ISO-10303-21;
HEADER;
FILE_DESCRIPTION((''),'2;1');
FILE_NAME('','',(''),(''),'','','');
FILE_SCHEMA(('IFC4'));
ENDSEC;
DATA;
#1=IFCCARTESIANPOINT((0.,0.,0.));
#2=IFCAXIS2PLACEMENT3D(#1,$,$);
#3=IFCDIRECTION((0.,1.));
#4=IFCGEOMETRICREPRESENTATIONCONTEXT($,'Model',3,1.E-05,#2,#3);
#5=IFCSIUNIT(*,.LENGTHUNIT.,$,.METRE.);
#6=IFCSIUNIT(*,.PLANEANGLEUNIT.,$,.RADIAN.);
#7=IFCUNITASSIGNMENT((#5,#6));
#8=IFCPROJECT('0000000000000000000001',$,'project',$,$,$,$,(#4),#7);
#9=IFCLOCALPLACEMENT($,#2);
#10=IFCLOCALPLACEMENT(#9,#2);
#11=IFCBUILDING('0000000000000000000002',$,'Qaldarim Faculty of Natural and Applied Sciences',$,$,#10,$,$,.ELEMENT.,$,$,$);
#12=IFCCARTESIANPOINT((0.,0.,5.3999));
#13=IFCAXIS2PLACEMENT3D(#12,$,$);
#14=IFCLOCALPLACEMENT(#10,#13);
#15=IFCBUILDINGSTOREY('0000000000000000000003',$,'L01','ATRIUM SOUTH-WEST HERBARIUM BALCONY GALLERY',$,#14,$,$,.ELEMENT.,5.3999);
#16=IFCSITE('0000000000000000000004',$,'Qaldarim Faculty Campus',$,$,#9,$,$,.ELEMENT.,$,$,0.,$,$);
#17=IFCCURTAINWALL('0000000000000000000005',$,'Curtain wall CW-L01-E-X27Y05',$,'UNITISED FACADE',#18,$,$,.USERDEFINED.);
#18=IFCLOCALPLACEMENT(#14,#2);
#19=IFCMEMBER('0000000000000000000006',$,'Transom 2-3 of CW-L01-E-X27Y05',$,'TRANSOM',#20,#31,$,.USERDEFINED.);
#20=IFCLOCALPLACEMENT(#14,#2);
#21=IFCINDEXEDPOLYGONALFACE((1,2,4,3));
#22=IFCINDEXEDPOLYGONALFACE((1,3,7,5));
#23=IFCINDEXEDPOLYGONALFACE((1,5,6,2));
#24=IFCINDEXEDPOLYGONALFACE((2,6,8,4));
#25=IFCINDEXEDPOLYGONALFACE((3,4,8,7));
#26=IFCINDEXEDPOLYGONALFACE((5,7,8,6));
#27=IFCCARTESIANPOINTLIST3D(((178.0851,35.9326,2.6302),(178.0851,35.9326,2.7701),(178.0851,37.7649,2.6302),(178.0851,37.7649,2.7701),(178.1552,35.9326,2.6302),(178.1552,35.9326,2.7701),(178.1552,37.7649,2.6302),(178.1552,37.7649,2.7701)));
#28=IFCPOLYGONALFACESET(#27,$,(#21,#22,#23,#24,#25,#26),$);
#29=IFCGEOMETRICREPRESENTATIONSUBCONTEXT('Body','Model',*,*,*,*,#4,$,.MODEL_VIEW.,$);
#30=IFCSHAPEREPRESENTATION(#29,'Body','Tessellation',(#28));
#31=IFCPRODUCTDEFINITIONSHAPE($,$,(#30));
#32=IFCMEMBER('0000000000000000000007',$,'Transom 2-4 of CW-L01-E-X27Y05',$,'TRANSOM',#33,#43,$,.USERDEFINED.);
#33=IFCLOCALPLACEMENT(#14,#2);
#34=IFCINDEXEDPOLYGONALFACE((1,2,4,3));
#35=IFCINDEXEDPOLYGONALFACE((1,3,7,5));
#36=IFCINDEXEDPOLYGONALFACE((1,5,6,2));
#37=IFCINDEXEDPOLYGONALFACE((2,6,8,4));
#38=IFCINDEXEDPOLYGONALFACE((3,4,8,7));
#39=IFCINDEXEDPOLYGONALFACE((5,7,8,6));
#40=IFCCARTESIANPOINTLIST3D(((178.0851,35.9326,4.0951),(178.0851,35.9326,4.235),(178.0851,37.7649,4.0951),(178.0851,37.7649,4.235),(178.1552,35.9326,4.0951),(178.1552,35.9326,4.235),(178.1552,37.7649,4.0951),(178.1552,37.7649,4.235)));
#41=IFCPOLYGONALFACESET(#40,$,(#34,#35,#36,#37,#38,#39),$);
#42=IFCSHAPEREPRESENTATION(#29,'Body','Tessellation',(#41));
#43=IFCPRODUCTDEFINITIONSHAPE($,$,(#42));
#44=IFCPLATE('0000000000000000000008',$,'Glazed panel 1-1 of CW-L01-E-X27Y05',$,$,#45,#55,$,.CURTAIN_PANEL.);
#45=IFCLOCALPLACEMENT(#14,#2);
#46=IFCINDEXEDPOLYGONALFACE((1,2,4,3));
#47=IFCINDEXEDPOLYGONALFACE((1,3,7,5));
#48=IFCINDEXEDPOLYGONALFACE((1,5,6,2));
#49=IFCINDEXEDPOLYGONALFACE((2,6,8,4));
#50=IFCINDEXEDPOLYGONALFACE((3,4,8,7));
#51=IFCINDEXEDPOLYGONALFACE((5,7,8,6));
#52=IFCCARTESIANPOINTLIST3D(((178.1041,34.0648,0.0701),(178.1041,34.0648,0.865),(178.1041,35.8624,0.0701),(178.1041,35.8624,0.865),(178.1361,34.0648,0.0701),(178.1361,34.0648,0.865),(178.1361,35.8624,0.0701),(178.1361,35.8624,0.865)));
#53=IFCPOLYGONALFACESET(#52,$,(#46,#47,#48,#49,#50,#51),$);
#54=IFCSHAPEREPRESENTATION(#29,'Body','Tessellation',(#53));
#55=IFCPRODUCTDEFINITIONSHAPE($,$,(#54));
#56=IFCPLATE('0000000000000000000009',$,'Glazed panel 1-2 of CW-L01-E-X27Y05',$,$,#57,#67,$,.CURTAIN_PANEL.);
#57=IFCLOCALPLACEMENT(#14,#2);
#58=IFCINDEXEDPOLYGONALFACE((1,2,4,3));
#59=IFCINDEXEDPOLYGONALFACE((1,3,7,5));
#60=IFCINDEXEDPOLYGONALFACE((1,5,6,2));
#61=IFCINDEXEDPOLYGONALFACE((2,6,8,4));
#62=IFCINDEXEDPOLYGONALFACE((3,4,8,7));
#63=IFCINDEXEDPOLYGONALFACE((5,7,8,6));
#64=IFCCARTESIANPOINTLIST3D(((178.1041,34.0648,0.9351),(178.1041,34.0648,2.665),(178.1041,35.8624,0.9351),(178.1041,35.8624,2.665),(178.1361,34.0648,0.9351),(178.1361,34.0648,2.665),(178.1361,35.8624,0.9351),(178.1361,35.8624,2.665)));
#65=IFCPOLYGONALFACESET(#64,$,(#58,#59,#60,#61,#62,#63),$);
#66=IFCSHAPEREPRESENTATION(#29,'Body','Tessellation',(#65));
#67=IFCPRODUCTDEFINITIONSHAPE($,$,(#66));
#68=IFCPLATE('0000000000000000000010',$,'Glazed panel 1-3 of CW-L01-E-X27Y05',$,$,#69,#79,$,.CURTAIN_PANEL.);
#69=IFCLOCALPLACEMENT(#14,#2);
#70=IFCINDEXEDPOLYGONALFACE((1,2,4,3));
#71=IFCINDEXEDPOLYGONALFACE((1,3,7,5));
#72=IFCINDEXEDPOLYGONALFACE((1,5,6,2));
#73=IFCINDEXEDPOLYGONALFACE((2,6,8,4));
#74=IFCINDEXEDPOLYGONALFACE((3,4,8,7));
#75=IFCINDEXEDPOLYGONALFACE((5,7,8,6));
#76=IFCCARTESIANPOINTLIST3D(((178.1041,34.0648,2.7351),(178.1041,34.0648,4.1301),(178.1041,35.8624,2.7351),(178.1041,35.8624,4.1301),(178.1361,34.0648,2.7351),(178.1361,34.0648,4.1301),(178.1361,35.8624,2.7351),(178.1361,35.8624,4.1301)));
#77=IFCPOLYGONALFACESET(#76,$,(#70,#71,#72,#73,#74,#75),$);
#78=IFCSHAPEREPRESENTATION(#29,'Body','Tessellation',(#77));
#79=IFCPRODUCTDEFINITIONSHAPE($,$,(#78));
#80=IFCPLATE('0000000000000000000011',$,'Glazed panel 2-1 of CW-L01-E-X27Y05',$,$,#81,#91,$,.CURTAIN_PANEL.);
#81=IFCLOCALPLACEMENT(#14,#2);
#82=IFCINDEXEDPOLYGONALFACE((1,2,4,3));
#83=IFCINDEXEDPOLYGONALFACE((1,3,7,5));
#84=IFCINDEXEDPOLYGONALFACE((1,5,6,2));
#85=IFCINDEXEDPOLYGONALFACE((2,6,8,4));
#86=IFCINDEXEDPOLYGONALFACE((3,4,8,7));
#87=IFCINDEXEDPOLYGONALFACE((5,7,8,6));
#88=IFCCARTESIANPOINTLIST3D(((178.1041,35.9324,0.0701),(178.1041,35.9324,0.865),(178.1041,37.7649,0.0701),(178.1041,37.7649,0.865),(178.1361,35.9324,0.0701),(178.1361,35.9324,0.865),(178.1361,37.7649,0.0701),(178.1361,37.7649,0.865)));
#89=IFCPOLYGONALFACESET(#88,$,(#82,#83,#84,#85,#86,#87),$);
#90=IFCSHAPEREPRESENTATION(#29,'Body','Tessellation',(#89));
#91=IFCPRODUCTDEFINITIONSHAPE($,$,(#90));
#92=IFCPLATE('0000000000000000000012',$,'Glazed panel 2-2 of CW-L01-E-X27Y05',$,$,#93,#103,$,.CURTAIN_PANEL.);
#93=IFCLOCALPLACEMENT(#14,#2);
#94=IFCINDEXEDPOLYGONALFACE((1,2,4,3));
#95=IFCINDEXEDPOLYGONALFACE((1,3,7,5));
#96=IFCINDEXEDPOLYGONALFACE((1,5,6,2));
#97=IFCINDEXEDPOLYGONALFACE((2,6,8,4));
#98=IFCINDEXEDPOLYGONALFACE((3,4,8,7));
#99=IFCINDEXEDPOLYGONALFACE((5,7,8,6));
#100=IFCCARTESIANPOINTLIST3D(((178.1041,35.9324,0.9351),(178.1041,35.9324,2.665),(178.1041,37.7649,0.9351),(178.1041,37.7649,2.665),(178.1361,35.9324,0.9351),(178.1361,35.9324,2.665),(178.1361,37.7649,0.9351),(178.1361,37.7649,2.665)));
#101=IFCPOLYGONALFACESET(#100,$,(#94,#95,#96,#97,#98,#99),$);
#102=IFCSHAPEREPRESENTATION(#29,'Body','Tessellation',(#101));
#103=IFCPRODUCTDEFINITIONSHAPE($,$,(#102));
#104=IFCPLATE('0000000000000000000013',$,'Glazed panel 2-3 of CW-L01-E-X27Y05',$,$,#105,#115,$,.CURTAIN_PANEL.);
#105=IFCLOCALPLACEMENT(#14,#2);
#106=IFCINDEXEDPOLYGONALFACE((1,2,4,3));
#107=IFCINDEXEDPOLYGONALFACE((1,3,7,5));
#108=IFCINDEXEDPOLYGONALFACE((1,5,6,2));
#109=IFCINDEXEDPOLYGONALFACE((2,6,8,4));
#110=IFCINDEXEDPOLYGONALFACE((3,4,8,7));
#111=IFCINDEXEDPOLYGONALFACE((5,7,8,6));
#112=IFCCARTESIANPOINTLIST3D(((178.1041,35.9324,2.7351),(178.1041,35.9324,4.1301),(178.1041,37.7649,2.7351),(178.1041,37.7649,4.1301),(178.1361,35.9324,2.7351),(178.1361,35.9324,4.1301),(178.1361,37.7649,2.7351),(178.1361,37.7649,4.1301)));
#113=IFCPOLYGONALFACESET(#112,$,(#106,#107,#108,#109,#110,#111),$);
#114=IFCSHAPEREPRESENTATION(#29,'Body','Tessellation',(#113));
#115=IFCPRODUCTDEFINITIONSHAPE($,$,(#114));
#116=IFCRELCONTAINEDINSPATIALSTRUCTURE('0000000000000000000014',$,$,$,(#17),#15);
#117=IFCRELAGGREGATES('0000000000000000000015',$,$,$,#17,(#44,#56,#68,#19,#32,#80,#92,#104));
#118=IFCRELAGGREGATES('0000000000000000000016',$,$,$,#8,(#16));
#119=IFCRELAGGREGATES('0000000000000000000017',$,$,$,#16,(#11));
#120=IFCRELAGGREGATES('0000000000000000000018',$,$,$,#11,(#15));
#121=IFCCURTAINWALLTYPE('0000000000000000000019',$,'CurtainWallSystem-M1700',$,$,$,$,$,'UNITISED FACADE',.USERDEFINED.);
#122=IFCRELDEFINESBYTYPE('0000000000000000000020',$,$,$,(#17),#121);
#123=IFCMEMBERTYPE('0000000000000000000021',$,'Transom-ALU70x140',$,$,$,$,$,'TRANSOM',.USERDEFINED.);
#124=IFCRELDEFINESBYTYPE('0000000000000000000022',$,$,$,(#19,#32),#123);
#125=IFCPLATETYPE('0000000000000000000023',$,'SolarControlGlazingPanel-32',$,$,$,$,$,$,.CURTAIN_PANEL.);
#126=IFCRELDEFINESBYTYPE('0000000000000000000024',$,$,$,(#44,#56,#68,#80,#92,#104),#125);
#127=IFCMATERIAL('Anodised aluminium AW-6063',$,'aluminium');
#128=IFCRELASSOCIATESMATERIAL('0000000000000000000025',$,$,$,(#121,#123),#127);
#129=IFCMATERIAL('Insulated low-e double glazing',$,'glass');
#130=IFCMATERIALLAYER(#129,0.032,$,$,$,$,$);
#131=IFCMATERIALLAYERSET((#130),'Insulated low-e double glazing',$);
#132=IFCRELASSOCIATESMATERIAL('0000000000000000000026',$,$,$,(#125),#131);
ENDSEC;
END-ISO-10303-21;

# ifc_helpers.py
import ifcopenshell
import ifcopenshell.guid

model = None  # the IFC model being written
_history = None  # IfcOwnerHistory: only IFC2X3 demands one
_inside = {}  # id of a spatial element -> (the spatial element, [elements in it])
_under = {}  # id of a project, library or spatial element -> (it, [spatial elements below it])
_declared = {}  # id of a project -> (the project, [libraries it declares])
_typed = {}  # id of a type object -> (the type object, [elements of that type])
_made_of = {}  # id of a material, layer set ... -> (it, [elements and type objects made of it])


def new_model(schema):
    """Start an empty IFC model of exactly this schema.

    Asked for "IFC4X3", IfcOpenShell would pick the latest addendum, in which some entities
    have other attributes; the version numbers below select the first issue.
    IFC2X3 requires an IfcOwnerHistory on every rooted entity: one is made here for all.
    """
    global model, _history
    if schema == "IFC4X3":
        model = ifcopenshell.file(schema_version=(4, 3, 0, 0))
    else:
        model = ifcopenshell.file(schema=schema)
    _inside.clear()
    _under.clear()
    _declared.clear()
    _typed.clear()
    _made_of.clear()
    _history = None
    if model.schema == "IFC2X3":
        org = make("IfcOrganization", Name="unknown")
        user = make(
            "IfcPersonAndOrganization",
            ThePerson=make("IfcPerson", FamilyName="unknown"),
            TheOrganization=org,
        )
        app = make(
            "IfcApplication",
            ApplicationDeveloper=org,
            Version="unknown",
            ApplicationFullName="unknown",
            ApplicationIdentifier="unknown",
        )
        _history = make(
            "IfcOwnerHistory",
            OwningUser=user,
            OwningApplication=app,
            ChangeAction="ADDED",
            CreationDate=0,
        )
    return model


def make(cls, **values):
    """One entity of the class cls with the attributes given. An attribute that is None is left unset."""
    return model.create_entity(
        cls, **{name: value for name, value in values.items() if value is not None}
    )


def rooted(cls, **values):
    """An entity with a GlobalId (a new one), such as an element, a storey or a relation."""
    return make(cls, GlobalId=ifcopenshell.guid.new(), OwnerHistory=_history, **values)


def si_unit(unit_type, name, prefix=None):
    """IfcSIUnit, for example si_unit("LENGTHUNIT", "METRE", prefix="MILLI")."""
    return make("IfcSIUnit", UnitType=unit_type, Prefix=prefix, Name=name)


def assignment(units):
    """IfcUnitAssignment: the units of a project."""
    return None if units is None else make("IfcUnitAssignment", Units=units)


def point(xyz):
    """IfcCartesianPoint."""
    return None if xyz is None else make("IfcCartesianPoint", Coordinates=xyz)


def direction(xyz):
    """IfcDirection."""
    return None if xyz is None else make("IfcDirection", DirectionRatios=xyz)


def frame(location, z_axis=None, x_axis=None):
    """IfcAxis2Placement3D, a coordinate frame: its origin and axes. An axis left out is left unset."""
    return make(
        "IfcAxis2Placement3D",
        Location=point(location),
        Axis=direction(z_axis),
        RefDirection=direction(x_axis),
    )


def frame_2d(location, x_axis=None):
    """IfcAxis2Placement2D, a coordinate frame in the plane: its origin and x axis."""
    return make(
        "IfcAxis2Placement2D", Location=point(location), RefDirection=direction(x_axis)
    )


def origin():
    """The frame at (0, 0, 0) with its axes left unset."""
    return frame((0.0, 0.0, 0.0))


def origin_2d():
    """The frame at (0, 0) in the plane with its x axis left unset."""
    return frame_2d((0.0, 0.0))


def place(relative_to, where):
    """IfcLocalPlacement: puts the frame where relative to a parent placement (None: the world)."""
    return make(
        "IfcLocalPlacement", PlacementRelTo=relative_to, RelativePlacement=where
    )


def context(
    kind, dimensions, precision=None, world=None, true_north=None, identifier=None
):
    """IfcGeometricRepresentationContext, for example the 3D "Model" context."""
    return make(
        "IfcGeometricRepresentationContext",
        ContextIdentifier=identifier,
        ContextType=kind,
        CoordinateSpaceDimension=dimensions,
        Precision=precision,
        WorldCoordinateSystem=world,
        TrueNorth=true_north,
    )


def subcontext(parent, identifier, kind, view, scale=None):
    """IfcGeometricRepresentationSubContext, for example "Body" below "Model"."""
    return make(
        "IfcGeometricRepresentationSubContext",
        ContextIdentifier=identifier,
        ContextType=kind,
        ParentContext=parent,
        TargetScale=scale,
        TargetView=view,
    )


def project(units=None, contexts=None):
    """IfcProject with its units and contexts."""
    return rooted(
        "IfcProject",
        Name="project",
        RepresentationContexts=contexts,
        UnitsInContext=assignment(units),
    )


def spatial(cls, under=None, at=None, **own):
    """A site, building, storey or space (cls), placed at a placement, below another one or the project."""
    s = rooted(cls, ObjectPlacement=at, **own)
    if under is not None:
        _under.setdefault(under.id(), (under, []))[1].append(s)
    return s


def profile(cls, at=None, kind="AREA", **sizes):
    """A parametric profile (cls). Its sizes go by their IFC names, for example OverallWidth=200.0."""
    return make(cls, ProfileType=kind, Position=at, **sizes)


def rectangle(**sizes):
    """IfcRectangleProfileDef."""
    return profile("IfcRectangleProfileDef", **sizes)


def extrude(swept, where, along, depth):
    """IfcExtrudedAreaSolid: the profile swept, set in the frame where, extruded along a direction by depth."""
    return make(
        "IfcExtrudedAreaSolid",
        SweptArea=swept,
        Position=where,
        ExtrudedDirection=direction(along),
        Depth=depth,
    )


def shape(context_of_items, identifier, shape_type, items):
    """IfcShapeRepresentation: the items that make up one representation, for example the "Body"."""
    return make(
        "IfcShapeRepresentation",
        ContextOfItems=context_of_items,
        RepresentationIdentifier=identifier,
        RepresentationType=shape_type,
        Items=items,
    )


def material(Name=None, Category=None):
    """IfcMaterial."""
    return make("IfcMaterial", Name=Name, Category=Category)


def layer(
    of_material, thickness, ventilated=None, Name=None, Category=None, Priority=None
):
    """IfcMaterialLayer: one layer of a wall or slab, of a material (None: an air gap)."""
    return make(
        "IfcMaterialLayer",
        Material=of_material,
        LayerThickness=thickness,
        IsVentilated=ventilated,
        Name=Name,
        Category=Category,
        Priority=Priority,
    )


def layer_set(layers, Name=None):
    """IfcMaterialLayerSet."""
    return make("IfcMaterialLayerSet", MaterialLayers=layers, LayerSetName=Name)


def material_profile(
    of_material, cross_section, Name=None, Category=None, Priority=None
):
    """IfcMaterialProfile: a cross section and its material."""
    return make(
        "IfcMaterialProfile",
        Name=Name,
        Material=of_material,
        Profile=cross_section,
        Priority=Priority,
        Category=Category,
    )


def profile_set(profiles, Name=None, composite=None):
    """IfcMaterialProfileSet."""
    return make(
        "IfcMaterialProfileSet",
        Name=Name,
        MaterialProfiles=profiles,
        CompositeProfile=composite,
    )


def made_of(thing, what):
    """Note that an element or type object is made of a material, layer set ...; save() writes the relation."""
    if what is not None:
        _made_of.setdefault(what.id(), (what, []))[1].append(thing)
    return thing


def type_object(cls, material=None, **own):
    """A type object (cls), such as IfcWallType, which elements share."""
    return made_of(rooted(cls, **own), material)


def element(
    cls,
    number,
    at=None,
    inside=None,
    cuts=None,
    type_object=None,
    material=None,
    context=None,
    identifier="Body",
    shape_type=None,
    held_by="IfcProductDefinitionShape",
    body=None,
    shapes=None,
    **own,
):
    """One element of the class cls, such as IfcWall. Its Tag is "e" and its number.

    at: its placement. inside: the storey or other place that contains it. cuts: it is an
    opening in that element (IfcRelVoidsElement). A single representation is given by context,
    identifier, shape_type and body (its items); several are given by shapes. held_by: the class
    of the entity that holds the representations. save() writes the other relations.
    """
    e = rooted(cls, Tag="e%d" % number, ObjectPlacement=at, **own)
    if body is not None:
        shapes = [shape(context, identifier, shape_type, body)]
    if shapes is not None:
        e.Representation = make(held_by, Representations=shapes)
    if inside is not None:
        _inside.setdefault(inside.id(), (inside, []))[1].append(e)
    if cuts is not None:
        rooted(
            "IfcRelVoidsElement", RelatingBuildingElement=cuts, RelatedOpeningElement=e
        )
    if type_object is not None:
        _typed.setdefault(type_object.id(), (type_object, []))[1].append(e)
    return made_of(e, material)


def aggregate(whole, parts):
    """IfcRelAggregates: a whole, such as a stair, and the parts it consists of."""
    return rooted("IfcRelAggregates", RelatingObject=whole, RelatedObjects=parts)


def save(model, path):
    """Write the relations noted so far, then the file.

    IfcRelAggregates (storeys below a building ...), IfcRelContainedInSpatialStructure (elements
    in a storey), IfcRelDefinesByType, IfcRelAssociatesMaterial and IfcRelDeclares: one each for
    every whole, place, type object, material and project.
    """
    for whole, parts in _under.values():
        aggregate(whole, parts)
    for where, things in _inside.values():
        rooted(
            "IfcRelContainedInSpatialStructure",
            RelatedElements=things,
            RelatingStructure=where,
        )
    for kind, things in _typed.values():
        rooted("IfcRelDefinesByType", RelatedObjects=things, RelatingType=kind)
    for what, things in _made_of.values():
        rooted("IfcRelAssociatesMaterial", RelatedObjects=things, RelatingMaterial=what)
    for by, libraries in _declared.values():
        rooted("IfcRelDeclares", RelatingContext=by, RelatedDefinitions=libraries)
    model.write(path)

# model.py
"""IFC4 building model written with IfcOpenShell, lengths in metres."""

from ifc_helpers import new_model, si_unit, direction, frame, origin, origin_2d, place, context, subcontext, project, spatial, rectangle, extrude, material, layer, layer_set, material_profile, profile_set, type_object, element, aggregate, save


model = new_model("IFC4")

# Units and contexts
model_context = context("Model", 3, precision=1e-05, world=origin(), true_north=direction((0.0, 1.0)))
body_context = subcontext(model_context, "Body", "Model", "MODEL_VIEW")
ifc_project = project(units=[si_unit("LENGTHUNIT", "METRE"), si_unit("PLANEANGLEUNIT", "RADIAN")], contexts=[model_context])

# Site, building, storey
site_placement = place(None, origin())
site = spatial("IfcSite", under=ifc_project, at=site_placement, Name="Qaldarim Faculty Campus", CompositionType="ELEMENT", RefElevation=0.0)
building_placement = place(site_placement, origin())
building = spatial("IfcBuilding", under=site, at=building_placement, Name="Qaldarim Faculty of Natural and Applied Sciences", CompositionType="ELEMENT")
storey_placement = place(building_placement, frame((0.0, 0.0, 5.3999)))
storey = spatial("IfcBuildingStorey", under=building, at=storey_placement, Name="L01", Description="ATRIUM SOUTH-WEST HERBARIUM BALCONY GALLERY", CompositionType="ELEMENT", Elevation=5.3999)

# Curtain wall
ifc_material_1 = material(Name="Anodised aluminium AW-6063", Category="aluminium")
curtain_wall_type = type_object("IfcCurtainWallType", Name="CurtainWallSystem-M1700", ElementType="UNITISED FACADE", PredefinedType="USERDEFINED", material=ifc_material_1)
curtain_wall_placement = place(storey_placement, origin())
curtain_wall = element("IfcCurtainWall", 1, at=curtain_wall_placement, inside=storey, type_object=curtain_wall_type, Name="Curtain wall CW-L01-E-X27Y05", ObjectType="UNITISED FACADE", PredefinedType="USERDEFINED")

# Members
ifc_material_profile_1 = material_profile(ifc_material_1, rectangle(XDim=0.0701, YDim=0.1399, at=origin_2d()), Name="ALU-T70x140")
ifc_profile_set_1 = profile_set([ifc_material_profile_1], Name="Anodised aluminium AW-6063")
member_type_1 = type_object("IfcMemberType", Name="Transom-ALU70x140", ElementType="TRANSOM", PredefinedType="USERDEFINED", material=ifc_profile_set_1)
member_1_placement = place(storey_placement, frame((178.1201, 35.9326, 2.7002), z_axis=(0.0, 1.0, 0.0), x_axis=(-1.0, 0.0, 0.0)))
member_1 = element("IfcMember", 2, at=member_1_placement, type_object=member_type_1, Name="Transom 2-3 of CW-L01-E-X27Y05", ObjectType="TRANSOM", PredefinedType="USERDEFINED", context=body_context, shape_type="SweptSolid", body=[
    extrude(rectangle(XDim=0.0701, YDim=0.1399, at=origin_2d()), origin(), (0.0, 0.0, 1.0), 1.8323),
])
member_2_placement = place(storey_placement, frame((178.1201, 35.9326, 4.165), z_axis=(0.0, 1.0, 0.0), x_axis=(-1.0, 0.0, 0.0)))
member_2 = element("IfcMember", 3, at=member_2_placement, type_object=member_type_1, Name="Transom 2-4 of CW-L01-E-X27Y05", ObjectType="TRANSOM", PredefinedType="USERDEFINED", context=body_context, shape_type="SweptSolid", body=[
    extrude(rectangle(XDim=0.0701, YDim=0.1399, at=origin_2d()), origin(), (0.0, 0.0, 1.0), 1.8323),
])

# Plates
ifc_material_2 = material(Name="Insulated low-e double glazing", Category="glass")
ifc_layer = layer(ifc_material_2, 0.032)
ifc_layer_set = layer_set([ifc_layer], Name="Insulated low-e double glazing")
plate_type = type_object("IfcPlateType", Name="SolarControlGlazingPanel-32", PredefinedType="CURTAIN_PANEL", material=ifc_layer_set)
plate_1_placement = place(storey_placement, frame((178.1201, 34.9636, 0.0701), z_axis=(0.0, 0.0, 1.0), x_axis=(0.0, 1.0, 0.0)))
plate_1 = element("IfcPlate", 4, at=plate_1_placement, type_object=plate_type, Name="Glazed panel 1-1 of CW-L01-E-X27Y05", PredefinedType="CURTAIN_PANEL", context=body_context, shape_type="SweptSolid", body=[
    extrude(rectangle(XDim=1.7976, YDim=0.032, at=origin_2d()), origin(), (0.0, 0.0, 1.0), 0.7949),
])
plate_2_placement = place(storey_placement, frame((178.1201, 34.9636, 0.9351), z_axis=(0.0, 0.0, 1.0), x_axis=(0.0, 1.0, 0.0)))
plate_2 = element("IfcPlate", 5, at=plate_2_placement, type_object=plate_type, Name="Glazed panel 1-2 of CW-L01-E-X27Y05", PredefinedType="CURTAIN_PANEL", context=body_context, shape_type="SweptSolid", body=[
    extrude(rectangle(XDim=1.7976, YDim=0.032, at=origin_2d()), origin(), (0.0, 0.0, 1.0), 1.73),
])
plate_3_placement = place(storey_placement, frame((178.1201, 34.9636, 2.7351), z_axis=(0.0, 0.0, 1.0), x_axis=(0.0, 1.0, 0.0)))
plate_3 = element("IfcPlate", 6, at=plate_3_placement, type_object=plate_type, Name="Glazed panel 1-3 of CW-L01-E-X27Y05", PredefinedType="CURTAIN_PANEL", context=body_context, shape_type="SweptSolid", body=[
    extrude(rectangle(XDim=1.7976, YDim=0.032, at=origin_2d()), origin(), (0.0, 0.0, 1.0), 1.395),
])
plate_4_placement = place(storey_placement, frame((178.1201, 36.8486, 0.0701), z_axis=(0.0, 0.0, 1.0), x_axis=(0.0, 1.0, 0.0)))
plate_4 = element("IfcPlate", 7, at=plate_4_placement, type_object=plate_type, Name="Glazed panel 2-1 of CW-L01-E-X27Y05", PredefinedType="CURTAIN_PANEL", context=body_context, shape_type="SweptSolid", body=[
    extrude(rectangle(XDim=1.8325, YDim=0.032, at=origin_2d()), origin(), (0.0, 0.0, 1.0), 0.7949),
])
plate_5_placement = place(storey_placement, frame((178.1201, 36.8486, 0.9351), z_axis=(0.0, 0.0, 1.0), x_axis=(0.0, 1.0, 0.0)))
plate_5 = element("IfcPlate", 8, at=plate_5_placement, type_object=plate_type, Name="Glazed panel 2-2 of CW-L01-E-X27Y05", PredefinedType="CURTAIN_PANEL", context=body_context, shape_type="SweptSolid", body=[
    extrude(rectangle(XDim=1.8325, YDim=0.032, at=origin_2d()), origin(), (0.0, 0.0, 1.0), 1.73),
])
plate_6_placement = place(storey_placement, frame((178.1201, 36.8486, 2.7351), z_axis=(0.0, 0.0, 1.0), x_axis=(0.0, 1.0, 0.0)))
plate_6 = element("IfcPlate", 9, at=plate_6_placement, type_object=plate_type, Name="Glazed panel 2-3 of CW-L01-E-X27Y05", PredefinedType="CURTAIN_PANEL", context=body_context, shape_type="SweptSolid", body=[
    extrude(rectangle(XDim=1.8325, YDim=0.032, at=origin_2d()), origin(), (0.0, 0.0, 1.0), 1.395),
])
aggregate(curtain_wall, [plate_1, plate_2, plate_3, member_1, member_2, plate_4, plate_5, plate_6])

save(model, "model.ifc")
